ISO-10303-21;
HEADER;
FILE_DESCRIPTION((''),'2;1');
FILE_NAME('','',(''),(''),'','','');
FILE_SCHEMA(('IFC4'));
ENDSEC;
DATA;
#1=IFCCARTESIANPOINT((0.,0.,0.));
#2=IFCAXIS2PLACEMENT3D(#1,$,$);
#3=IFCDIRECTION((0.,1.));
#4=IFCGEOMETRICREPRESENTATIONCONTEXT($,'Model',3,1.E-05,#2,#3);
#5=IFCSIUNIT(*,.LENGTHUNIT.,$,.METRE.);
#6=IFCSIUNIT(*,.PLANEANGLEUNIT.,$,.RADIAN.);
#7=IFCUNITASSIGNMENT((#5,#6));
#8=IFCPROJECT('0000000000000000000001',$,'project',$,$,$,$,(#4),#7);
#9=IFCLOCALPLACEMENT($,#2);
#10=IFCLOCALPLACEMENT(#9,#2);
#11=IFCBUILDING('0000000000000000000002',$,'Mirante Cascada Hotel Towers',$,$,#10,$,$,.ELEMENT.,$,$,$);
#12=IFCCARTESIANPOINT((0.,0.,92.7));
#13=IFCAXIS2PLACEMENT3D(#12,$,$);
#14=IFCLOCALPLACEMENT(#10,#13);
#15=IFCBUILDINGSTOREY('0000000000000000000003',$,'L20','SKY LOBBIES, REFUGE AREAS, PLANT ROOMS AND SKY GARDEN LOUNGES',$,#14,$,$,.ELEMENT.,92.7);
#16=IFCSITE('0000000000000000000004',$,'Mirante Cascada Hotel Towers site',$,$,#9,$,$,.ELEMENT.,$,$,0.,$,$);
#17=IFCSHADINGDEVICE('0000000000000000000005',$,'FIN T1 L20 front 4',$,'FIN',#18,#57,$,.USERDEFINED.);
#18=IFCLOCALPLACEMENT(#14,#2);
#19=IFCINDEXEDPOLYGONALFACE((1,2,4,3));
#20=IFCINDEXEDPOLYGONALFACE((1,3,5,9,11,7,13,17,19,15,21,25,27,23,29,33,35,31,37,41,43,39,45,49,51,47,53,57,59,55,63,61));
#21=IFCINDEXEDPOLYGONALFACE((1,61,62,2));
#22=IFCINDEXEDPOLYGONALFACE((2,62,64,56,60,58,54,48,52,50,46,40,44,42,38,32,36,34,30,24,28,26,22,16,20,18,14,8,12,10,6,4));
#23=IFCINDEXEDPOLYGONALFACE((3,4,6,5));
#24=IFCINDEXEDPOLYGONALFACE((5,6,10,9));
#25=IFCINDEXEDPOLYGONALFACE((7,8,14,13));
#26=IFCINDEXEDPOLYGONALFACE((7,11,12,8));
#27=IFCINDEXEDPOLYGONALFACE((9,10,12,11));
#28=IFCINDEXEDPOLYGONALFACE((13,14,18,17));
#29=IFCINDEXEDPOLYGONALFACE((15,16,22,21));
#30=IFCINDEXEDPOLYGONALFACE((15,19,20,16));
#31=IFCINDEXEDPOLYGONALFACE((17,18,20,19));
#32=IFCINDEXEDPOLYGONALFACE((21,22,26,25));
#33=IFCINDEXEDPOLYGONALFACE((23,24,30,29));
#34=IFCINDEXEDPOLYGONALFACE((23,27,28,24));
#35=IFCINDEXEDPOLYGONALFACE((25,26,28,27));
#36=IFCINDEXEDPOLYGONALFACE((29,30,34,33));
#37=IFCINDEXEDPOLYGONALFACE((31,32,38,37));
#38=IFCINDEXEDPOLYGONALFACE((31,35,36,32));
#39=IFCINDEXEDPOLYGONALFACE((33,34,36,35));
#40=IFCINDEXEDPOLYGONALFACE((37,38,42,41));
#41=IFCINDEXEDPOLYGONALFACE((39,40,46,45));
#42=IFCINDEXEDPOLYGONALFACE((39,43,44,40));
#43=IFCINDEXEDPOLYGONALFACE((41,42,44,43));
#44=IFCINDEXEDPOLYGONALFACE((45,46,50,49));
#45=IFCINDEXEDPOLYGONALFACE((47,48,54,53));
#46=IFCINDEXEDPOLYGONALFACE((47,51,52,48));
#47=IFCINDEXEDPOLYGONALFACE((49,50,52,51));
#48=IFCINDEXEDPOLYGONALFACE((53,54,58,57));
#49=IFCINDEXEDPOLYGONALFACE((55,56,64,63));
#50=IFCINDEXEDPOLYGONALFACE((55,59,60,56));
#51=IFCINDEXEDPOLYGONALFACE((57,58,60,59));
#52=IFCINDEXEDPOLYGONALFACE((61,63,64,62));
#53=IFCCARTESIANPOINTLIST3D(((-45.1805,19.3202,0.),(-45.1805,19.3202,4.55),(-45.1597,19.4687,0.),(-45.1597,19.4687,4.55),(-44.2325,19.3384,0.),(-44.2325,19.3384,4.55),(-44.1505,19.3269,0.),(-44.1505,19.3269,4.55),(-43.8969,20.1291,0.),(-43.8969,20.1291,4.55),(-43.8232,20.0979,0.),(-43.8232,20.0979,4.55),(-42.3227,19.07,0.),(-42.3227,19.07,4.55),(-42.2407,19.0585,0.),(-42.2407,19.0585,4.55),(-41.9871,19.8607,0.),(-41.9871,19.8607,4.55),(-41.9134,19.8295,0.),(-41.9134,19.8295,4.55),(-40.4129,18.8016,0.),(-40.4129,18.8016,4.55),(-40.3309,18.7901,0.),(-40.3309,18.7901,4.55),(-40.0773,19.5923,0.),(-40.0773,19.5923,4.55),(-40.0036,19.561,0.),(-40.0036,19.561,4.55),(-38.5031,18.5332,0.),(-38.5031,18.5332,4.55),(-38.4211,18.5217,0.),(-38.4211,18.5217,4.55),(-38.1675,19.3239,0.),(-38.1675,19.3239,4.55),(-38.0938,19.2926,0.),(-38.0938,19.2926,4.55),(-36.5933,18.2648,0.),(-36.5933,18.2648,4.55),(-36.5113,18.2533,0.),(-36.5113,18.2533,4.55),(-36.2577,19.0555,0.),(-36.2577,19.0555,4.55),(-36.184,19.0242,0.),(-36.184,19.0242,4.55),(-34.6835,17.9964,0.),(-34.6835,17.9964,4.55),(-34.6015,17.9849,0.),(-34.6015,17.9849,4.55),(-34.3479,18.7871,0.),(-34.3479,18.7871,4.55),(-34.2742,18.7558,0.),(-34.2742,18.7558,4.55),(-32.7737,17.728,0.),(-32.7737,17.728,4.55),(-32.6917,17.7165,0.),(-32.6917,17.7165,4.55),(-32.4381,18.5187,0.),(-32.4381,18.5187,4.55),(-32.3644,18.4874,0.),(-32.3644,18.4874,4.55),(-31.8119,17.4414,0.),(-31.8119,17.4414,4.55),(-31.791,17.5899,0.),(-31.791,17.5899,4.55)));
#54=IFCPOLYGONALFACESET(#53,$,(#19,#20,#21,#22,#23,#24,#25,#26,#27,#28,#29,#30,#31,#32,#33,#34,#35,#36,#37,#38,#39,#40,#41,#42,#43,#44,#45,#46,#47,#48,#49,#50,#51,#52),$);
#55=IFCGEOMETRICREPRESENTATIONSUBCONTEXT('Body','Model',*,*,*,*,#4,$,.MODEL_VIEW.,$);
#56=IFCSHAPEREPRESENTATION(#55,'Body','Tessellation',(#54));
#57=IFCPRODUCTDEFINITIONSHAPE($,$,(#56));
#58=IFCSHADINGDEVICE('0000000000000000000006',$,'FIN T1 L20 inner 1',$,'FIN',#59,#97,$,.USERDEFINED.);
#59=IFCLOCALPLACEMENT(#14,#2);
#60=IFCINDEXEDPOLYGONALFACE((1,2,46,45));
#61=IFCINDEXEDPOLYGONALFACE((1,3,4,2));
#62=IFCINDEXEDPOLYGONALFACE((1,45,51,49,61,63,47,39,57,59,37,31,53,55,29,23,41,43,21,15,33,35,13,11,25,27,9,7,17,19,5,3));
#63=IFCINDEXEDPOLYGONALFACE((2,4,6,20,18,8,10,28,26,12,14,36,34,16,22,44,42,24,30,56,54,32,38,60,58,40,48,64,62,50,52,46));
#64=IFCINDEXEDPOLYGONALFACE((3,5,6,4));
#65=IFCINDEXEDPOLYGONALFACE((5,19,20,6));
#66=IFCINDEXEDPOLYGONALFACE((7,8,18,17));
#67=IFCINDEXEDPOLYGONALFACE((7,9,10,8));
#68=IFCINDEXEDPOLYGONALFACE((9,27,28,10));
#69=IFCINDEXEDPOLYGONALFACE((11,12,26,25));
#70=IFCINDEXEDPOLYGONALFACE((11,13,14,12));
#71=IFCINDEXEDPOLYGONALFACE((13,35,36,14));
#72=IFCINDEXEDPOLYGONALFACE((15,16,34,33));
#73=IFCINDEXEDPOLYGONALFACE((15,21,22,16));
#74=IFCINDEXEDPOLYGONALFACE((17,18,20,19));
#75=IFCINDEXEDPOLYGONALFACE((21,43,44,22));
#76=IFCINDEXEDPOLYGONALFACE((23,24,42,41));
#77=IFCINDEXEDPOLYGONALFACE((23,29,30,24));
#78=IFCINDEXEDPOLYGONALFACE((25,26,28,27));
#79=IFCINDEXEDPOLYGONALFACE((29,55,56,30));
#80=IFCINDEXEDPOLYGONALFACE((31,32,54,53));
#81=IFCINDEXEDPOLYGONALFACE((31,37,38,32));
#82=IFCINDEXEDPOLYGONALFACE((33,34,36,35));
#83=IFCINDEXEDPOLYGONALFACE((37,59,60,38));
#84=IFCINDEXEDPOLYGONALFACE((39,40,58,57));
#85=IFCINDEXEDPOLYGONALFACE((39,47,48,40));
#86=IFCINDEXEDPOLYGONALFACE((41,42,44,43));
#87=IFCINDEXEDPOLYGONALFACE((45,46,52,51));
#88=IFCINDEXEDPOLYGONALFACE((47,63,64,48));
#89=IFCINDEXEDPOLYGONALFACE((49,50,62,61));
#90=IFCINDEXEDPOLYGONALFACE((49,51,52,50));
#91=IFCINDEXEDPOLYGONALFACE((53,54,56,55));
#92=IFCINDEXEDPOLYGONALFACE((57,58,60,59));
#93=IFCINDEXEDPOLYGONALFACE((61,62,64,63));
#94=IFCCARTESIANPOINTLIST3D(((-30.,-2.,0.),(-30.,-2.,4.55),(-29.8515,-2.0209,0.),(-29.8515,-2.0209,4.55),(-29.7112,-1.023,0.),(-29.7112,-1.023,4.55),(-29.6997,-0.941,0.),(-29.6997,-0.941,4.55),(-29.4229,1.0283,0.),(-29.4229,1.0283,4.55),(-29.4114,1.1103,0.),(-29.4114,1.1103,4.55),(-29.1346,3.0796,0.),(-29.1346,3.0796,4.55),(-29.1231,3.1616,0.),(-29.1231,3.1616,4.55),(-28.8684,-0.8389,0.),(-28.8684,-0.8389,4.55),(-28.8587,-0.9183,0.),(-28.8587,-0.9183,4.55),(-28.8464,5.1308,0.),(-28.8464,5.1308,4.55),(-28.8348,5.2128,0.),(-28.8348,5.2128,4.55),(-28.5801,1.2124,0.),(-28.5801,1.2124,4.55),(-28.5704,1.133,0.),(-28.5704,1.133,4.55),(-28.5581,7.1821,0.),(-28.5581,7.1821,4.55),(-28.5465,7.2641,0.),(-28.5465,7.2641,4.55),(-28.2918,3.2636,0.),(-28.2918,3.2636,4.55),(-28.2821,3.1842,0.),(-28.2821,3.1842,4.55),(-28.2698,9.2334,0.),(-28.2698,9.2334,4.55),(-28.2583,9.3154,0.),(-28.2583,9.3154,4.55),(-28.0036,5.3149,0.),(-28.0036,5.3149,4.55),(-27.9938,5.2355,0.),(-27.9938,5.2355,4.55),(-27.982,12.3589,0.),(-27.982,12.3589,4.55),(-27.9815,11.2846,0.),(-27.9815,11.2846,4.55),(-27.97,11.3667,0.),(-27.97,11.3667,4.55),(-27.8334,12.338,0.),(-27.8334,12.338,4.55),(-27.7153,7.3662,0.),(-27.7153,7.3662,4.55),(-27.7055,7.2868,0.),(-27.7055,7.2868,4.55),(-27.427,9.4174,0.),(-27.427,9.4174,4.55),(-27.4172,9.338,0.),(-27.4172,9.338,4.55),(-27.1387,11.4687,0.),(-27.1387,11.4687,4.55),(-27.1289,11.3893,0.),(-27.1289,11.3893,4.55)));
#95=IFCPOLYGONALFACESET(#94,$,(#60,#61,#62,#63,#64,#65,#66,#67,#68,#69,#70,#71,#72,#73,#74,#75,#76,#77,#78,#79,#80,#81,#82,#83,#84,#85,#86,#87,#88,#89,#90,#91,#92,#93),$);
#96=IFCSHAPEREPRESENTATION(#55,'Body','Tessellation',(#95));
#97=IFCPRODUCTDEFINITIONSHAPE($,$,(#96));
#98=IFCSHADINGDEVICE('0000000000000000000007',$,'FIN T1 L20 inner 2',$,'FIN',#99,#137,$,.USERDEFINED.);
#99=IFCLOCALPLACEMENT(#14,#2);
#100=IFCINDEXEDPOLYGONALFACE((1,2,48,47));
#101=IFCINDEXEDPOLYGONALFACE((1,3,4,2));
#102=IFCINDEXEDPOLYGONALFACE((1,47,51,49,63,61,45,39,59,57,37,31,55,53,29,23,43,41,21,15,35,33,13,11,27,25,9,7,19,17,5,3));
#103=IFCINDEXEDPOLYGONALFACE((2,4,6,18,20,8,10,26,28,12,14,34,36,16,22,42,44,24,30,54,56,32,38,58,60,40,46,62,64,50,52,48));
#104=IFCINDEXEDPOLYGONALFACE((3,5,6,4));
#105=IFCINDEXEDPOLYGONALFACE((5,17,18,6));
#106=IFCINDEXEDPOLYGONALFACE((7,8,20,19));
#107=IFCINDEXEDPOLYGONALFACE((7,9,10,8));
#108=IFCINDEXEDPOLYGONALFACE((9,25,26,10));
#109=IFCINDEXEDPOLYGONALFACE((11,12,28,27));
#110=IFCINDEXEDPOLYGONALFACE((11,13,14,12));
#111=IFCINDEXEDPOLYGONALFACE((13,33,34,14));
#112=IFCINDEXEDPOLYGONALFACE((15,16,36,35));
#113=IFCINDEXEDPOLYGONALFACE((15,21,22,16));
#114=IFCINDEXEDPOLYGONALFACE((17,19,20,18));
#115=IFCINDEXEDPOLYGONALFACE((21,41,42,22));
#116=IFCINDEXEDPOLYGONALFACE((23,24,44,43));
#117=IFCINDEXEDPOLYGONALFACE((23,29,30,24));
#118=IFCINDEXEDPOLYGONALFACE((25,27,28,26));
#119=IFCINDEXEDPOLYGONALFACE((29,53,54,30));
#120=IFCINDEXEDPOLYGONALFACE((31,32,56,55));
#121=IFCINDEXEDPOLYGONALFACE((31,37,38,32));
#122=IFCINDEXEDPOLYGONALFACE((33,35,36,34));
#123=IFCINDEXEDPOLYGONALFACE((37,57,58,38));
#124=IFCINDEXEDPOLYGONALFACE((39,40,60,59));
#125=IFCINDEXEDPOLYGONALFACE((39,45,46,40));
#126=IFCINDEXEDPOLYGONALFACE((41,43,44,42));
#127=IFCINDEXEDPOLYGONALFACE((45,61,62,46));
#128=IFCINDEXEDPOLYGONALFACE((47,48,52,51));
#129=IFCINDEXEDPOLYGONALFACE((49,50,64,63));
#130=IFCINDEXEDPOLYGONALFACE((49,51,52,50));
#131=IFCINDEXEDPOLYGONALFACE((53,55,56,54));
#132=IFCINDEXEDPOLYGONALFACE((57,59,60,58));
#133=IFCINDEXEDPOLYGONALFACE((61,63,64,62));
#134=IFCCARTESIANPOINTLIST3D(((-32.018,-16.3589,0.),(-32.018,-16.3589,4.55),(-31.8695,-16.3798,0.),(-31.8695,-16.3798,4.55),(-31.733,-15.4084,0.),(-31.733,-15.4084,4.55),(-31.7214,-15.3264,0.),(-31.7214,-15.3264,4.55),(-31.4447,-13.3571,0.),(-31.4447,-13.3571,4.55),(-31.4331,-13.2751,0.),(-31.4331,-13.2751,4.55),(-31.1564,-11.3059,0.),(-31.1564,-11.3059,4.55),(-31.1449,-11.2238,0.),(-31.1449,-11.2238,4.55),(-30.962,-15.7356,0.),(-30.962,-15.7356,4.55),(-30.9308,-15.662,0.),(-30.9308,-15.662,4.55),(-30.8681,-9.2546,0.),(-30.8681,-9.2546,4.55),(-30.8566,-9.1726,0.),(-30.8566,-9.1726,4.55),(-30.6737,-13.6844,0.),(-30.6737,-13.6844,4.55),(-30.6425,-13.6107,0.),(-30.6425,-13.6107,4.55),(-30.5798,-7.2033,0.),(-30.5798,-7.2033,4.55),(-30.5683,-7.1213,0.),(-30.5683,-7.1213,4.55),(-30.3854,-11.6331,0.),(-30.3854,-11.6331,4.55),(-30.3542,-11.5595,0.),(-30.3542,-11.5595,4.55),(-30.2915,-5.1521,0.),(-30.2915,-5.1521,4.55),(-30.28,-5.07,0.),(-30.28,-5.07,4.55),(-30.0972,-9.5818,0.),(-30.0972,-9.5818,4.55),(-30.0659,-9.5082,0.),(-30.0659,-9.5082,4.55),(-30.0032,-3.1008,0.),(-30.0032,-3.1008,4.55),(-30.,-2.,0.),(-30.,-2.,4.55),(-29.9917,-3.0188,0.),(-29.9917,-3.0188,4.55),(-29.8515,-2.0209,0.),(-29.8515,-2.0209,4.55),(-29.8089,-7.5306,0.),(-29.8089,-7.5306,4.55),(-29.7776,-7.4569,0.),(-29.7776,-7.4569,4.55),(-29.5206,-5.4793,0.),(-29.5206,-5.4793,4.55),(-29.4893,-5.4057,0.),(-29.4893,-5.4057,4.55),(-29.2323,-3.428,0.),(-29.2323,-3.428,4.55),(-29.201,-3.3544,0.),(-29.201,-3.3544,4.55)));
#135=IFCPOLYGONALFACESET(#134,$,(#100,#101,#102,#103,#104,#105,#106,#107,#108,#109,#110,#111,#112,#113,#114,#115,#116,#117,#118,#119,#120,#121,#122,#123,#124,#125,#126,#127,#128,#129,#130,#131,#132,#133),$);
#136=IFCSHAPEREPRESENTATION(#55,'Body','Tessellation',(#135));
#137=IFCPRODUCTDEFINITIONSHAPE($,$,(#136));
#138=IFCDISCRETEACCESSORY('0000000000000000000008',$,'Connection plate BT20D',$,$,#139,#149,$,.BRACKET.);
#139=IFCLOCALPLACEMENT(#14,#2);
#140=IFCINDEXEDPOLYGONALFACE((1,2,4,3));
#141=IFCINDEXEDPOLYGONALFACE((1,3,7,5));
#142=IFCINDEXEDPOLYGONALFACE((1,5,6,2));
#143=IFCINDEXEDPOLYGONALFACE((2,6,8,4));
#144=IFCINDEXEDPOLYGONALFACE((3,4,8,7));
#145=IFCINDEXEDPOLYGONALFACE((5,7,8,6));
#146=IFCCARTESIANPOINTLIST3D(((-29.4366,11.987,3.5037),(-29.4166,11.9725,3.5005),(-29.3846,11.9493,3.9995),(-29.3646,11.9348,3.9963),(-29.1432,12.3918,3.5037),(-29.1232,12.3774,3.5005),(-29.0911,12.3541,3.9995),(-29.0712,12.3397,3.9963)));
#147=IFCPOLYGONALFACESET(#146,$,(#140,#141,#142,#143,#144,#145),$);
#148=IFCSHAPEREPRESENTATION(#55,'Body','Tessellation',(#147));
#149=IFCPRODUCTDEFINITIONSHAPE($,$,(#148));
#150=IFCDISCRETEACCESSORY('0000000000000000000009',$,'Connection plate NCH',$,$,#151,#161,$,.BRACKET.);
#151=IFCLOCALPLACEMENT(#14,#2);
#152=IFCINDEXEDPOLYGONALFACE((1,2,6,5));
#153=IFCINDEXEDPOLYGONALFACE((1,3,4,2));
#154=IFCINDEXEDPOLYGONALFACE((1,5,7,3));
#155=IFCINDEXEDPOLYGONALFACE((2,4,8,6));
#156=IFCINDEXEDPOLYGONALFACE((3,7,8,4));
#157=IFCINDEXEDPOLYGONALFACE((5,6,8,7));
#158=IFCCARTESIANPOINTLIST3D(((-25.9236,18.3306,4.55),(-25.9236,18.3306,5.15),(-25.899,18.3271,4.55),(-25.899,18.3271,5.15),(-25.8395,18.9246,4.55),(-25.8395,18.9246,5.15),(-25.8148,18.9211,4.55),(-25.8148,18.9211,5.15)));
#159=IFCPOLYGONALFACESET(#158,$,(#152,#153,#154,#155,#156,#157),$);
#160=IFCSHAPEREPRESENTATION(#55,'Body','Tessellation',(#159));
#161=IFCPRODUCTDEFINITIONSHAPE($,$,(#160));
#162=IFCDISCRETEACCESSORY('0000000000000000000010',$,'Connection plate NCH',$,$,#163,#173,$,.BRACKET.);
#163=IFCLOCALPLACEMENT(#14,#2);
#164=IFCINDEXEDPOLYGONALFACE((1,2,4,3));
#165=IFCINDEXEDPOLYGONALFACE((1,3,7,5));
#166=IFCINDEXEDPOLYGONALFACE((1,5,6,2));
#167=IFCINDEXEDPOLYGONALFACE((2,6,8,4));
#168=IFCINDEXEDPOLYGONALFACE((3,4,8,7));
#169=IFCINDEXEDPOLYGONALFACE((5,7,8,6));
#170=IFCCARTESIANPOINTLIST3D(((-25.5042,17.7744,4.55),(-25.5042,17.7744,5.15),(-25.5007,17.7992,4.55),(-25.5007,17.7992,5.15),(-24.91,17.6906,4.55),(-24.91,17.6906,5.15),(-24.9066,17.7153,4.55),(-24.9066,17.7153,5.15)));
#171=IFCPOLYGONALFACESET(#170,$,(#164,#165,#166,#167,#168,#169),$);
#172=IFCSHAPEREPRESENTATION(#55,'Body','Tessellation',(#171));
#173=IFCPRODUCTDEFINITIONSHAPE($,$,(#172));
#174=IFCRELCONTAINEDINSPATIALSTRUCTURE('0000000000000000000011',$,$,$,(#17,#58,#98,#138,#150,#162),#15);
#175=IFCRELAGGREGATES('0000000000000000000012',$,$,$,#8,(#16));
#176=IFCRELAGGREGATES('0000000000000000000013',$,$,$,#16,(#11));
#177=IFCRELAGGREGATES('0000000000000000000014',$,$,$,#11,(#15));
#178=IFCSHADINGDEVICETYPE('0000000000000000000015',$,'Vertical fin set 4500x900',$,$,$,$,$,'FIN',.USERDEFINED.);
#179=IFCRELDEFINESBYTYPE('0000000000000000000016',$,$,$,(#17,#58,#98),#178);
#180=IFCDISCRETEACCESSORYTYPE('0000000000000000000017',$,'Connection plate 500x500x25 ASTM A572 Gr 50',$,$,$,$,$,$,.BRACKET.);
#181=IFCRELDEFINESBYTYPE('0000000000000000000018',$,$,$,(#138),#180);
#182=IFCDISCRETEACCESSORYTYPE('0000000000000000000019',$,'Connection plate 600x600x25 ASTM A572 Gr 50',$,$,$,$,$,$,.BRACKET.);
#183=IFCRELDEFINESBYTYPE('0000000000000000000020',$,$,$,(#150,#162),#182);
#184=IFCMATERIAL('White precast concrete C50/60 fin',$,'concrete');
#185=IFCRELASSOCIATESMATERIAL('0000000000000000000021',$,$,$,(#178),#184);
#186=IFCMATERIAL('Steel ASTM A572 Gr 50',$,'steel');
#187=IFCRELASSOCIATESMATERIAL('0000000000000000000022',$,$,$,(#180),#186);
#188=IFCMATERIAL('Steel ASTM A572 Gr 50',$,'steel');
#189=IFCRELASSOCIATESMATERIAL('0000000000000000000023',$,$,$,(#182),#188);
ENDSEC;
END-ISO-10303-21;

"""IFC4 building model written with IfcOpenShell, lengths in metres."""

from ifc_helpers import new_model, si_unit, direction, frame, origin, origin_2d, place, context, subcontext, project, spatial, polyline, rectangle, outline, extrude, material, material_profile, profile_set, type_object, element, save


model = new_model("IFC4")

# Units and contexts
model_context = context("Model", 3, precision=1e-05, world=origin(), true_north=direction((0.0, 1.0)))
body_context = subcontext(model_context, "Body", "Model", "MODEL_VIEW")
ifc_project = project(units=[si_unit("LENGTHUNIT", "METRE"), si_unit("PLANEANGLEUNIT", "RADIAN")], contexts=[model_context])

# Site, building, storey
site_placement = place(None, origin())
site = spatial("IfcSite", under=ifc_project, at=site_placement, Name="Mirante Cascada Hotel Towers site", CompositionType="ELEMENT", RefElevation=0.0)
building_placement = place(site_placement, origin())
building = spatial("IfcBuilding", under=site, at=building_placement, Name="Mirante Cascada Hotel Towers", CompositionType="ELEMENT")
storey_placement = place(building_placement, frame((0.0, 0.0, 92.7)))
storey = spatial("IfcBuildingStorey", under=building, at=storey_placement, Name="L20", Description="SKY LOBBIES, REFUGE AREAS, PLANT ROOMS AND SKY GARDEN LOUNGES", CompositionType="ELEMENT", Elevation=92.7)

# Shading devices
ifc_material_1 = material(Name="White precast concrete C50/60 fin", Category="concrete")
shading_device_type = type_object("IfcShadingDeviceType", Name="Vertical fin set 4500x900", ElementType="FIN", PredefinedType="USERDEFINED", material=ifc_material_1)
shading_device_1_placement = place(storey_placement, origin())
element("IfcShadingDevice", 1, at=shading_device_1_placement, inside=storey, type_object=shading_device_type, Name="FIN T1 L20 front 4", ObjectType="FIN", PredefinedType="USERDEFINED", context=body_context, shape_type="SweptSolid", body=[
    extrude(outline(polyline([(-32.6917, 17.7165), (-31.791, 17.5899), (-31.8119, 17.4414), (-45.1805, 19.3202), (-45.1597, 19.4687), (-44.2325, 19.3384), (-43.8969, 20.1291), (-43.8232, 20.0979), (-44.1505, 19.3269), (-42.3227, 19.07), (-41.9871, 19.8607), (-41.9134, 19.8295), (-42.2407, 19.0585), (-40.4129, 18.8016), (-40.0773, 19.5923), (-40.0036, 19.561), (-40.3309, 18.7901), (-38.5031, 18.5332), (-38.1675, 19.3239), (-38.0938, 19.2926), (-38.4211, 18.5217), (-36.5933, 18.2648), (-36.2577, 19.0555), (-36.184, 19.0242), (-36.5113, 18.2533), (-34.6835, 17.9964), (-34.3479, 18.7871), (-34.2742, 18.7558), (-34.6015, 17.9849), (-32.7737, 17.728), (-32.4381, 18.5187), (-32.3644, 18.4874), (-32.6917, 17.7165)])), origin(), (0.0, 0.0, 1.0), 4.55),
])
shading_device_2_placement = place(storey_placement, origin())
element("IfcShadingDevice", 2, at=shading_device_2_placement, inside=storey, type_object=shading_device_type, Name="FIN T1 L20 inner 1", ObjectType="FIN", PredefinedType="USERDEFINED", context=body_context, shape_type="SweptSolid", body=[
    extrude(outline(polyline([(-29.7112, -1.023), (-29.8515, -2.0209), (-30.0, -2.0), (-27.982, 12.3589), (-27.8334, 12.338), (-27.97, 11.3667), (-27.1387, 11.4687), (-27.1289, 11.3893), (-27.9815, 11.2846), (-28.2583, 9.3154), (-27.427, 9.4174), (-27.4172, 9.338), (-28.2698, 9.2334), (-28.5465, 7.2641), (-27.7153, 7.3662), (-27.7055, 7.2868), (-28.5581, 7.1821), (-28.8348, 5.2128), (-28.0036, 5.3149), (-27.9938, 5.2355), (-28.8464, 5.1308), (-29.1231, 3.1616), (-28.2918, 3.2636), (-28.2821, 3.1842), (-29.1346, 3.0796), (-29.4114, 1.1103), (-28.5801, 1.2124), (-28.5704, 1.133), (-29.4229, 1.0283), (-29.6997, -0.941), (-28.8684, -0.8389), (-28.8587, -0.9183), (-29.7112, -1.023)])), origin(), (0.0, 0.0, 1.0), 4.55),
])
shading_device_3_placement = place(storey_placement, origin())
element("IfcShadingDevice", 3, at=shading_device_3_placement, inside=storey, type_object=shading_device_type, Name="FIN T1 L20 inner 2", ObjectType="FIN", PredefinedType="USERDEFINED", context=body_context, shape_type="SweptSolid", body=[
    extrude(outline(polyline([(-31.733, -15.4084), (-31.8695, -16.3798), (-32.018, -16.3589), (-30.0, -2.0), (-29.8515, -2.0209), (-29.9917, -3.0188), (-29.201, -3.3544), (-29.2323, -3.428), (-30.0032, -3.1008), (-30.28, -5.07), (-29.4893, -5.4057), (-29.5206, -5.4793), (-30.2915, -5.1521), (-30.5683, -7.1213), (-29.7776, -7.4569), (-29.8089, -7.5306), (-30.5798, -7.2033), (-30.8566, -9.1726), (-30.0659, -9.5082), (-30.0972, -9.5818), (-30.8681, -9.2546), (-31.1449, -11.2238), (-30.3542, -11.5595), (-30.3854, -11.6331), (-31.1564, -11.3059), (-31.4331, -13.2751), (-30.6425, -13.6107), (-30.6737, -13.6844), (-31.4447, -13.3571), (-31.7214, -15.3264), (-30.9308, -15.662), (-30.962, -15.7356), (-31.733, -15.4084)])), origin(), (0.0, 0.0, 1.0), 4.55),
])

# Discrete accessories
ifc_material_2 = material(Name="Steel ASTM A572 Gr 50", Category="steel")
ifc_material_profile_1 = material_profile(ifc_material_2, rectangle(XDim=0.5, YDim=0.5, at=origin_2d()), Name="Connection plate 500x500x25 ASTM A572 Gr 50")
ifc_profile_set_1 = profile_set([ifc_material_profile_1], Name="Steel ASTM A572 Gr 50")
discrete_accessory_type_1 = type_object("IfcDiscreteAccessoryType", Name="Connection plate 500x500x25 ASTM A572 Gr 50", PredefinedType="BRACKET", material=ifc_profile_set_1)
discrete_accessory_1_placement = place(storey_placement, frame((-29.2439, 12.1561, 3.7484), z_axis=(-0.802902, 0.582104, 0.128464), x_axis=(-0.586968, -0.80961, 0.0)))
element("IfcDiscreteAccessory", 4, at=discrete_accessory_1_placement, inside=storey, type_object=discrete_accessory_type_1, Name="Connection plate BT20D", PredefinedType="BRACKET", context=body_context, shape_type="SweptSolid", body=[
    extrude(rectangle(XDim=0.5, YDim=0.5, at=origin_2d()), origin(), (0.0, 0.0, 1.0), 0.0249),
])
ifc_material_3 = material(Name="Steel ASTM A572 Gr 50", Category="steel")
ifc_material_profile_2 = material_profile(ifc_material_3, rectangle(XDim=0.6, YDim=0.6, at=origin_2d()), Name="Connection plate 600x600x25 ASTM A572 Gr 50")
ifc_profile_set_2 = profile_set([ifc_material_profile_2], Name="Steel ASTM A572 Gr 50")
discrete_accessory_type_2 = type_object("IfcDiscreteAccessoryType", Name="Connection plate 600x600x25 ASTM A572 Gr 50", PredefinedType="BRACKET", material=ifc_profile_set_2)
discrete_accessory_2_placement = place(storey_placement, frame((-25.8569, 18.6241, 4.85), z_axis=(-0.990109, 0.140299, 0.0), x_axis=(-0.140299, -0.990109, 0.0)))
element("IfcDiscreteAccessory", 5, at=discrete_accessory_2_placement, inside=storey, type_object=discrete_accessory_type_2, Name="Connection plate NCH", PredefinedType="BRACKET", context=body_context, shape_type="SweptSolid", body=[
    extrude(rectangle(XDim=0.6, YDim=0.6, at=origin_2d()), origin(), (0.0, 0.0, 1.0), 0.0249),
])
discrete_accessory_3_placement = place(storey_placement, frame((-25.2071, 17.7325, 4.85), z_axis=(0.139744, 0.990188, 0.0), x_axis=(-0.990188, 0.139744, 0.0)))
element("IfcDiscreteAccessory", 6, at=discrete_accessory_3_placement, inside=storey, type_object=discrete_accessory_type_2, Name="Connection plate NCH", PredefinedType="BRACKET", context=body_context, shape_type="SweptSolid", body=[
    extrude(rectangle(XDim=0.6, YDim=0.6, at=origin_2d()), origin(), (0.0, 0.0, 1.0), 0.025),
])

save(model, "model.ifc")
